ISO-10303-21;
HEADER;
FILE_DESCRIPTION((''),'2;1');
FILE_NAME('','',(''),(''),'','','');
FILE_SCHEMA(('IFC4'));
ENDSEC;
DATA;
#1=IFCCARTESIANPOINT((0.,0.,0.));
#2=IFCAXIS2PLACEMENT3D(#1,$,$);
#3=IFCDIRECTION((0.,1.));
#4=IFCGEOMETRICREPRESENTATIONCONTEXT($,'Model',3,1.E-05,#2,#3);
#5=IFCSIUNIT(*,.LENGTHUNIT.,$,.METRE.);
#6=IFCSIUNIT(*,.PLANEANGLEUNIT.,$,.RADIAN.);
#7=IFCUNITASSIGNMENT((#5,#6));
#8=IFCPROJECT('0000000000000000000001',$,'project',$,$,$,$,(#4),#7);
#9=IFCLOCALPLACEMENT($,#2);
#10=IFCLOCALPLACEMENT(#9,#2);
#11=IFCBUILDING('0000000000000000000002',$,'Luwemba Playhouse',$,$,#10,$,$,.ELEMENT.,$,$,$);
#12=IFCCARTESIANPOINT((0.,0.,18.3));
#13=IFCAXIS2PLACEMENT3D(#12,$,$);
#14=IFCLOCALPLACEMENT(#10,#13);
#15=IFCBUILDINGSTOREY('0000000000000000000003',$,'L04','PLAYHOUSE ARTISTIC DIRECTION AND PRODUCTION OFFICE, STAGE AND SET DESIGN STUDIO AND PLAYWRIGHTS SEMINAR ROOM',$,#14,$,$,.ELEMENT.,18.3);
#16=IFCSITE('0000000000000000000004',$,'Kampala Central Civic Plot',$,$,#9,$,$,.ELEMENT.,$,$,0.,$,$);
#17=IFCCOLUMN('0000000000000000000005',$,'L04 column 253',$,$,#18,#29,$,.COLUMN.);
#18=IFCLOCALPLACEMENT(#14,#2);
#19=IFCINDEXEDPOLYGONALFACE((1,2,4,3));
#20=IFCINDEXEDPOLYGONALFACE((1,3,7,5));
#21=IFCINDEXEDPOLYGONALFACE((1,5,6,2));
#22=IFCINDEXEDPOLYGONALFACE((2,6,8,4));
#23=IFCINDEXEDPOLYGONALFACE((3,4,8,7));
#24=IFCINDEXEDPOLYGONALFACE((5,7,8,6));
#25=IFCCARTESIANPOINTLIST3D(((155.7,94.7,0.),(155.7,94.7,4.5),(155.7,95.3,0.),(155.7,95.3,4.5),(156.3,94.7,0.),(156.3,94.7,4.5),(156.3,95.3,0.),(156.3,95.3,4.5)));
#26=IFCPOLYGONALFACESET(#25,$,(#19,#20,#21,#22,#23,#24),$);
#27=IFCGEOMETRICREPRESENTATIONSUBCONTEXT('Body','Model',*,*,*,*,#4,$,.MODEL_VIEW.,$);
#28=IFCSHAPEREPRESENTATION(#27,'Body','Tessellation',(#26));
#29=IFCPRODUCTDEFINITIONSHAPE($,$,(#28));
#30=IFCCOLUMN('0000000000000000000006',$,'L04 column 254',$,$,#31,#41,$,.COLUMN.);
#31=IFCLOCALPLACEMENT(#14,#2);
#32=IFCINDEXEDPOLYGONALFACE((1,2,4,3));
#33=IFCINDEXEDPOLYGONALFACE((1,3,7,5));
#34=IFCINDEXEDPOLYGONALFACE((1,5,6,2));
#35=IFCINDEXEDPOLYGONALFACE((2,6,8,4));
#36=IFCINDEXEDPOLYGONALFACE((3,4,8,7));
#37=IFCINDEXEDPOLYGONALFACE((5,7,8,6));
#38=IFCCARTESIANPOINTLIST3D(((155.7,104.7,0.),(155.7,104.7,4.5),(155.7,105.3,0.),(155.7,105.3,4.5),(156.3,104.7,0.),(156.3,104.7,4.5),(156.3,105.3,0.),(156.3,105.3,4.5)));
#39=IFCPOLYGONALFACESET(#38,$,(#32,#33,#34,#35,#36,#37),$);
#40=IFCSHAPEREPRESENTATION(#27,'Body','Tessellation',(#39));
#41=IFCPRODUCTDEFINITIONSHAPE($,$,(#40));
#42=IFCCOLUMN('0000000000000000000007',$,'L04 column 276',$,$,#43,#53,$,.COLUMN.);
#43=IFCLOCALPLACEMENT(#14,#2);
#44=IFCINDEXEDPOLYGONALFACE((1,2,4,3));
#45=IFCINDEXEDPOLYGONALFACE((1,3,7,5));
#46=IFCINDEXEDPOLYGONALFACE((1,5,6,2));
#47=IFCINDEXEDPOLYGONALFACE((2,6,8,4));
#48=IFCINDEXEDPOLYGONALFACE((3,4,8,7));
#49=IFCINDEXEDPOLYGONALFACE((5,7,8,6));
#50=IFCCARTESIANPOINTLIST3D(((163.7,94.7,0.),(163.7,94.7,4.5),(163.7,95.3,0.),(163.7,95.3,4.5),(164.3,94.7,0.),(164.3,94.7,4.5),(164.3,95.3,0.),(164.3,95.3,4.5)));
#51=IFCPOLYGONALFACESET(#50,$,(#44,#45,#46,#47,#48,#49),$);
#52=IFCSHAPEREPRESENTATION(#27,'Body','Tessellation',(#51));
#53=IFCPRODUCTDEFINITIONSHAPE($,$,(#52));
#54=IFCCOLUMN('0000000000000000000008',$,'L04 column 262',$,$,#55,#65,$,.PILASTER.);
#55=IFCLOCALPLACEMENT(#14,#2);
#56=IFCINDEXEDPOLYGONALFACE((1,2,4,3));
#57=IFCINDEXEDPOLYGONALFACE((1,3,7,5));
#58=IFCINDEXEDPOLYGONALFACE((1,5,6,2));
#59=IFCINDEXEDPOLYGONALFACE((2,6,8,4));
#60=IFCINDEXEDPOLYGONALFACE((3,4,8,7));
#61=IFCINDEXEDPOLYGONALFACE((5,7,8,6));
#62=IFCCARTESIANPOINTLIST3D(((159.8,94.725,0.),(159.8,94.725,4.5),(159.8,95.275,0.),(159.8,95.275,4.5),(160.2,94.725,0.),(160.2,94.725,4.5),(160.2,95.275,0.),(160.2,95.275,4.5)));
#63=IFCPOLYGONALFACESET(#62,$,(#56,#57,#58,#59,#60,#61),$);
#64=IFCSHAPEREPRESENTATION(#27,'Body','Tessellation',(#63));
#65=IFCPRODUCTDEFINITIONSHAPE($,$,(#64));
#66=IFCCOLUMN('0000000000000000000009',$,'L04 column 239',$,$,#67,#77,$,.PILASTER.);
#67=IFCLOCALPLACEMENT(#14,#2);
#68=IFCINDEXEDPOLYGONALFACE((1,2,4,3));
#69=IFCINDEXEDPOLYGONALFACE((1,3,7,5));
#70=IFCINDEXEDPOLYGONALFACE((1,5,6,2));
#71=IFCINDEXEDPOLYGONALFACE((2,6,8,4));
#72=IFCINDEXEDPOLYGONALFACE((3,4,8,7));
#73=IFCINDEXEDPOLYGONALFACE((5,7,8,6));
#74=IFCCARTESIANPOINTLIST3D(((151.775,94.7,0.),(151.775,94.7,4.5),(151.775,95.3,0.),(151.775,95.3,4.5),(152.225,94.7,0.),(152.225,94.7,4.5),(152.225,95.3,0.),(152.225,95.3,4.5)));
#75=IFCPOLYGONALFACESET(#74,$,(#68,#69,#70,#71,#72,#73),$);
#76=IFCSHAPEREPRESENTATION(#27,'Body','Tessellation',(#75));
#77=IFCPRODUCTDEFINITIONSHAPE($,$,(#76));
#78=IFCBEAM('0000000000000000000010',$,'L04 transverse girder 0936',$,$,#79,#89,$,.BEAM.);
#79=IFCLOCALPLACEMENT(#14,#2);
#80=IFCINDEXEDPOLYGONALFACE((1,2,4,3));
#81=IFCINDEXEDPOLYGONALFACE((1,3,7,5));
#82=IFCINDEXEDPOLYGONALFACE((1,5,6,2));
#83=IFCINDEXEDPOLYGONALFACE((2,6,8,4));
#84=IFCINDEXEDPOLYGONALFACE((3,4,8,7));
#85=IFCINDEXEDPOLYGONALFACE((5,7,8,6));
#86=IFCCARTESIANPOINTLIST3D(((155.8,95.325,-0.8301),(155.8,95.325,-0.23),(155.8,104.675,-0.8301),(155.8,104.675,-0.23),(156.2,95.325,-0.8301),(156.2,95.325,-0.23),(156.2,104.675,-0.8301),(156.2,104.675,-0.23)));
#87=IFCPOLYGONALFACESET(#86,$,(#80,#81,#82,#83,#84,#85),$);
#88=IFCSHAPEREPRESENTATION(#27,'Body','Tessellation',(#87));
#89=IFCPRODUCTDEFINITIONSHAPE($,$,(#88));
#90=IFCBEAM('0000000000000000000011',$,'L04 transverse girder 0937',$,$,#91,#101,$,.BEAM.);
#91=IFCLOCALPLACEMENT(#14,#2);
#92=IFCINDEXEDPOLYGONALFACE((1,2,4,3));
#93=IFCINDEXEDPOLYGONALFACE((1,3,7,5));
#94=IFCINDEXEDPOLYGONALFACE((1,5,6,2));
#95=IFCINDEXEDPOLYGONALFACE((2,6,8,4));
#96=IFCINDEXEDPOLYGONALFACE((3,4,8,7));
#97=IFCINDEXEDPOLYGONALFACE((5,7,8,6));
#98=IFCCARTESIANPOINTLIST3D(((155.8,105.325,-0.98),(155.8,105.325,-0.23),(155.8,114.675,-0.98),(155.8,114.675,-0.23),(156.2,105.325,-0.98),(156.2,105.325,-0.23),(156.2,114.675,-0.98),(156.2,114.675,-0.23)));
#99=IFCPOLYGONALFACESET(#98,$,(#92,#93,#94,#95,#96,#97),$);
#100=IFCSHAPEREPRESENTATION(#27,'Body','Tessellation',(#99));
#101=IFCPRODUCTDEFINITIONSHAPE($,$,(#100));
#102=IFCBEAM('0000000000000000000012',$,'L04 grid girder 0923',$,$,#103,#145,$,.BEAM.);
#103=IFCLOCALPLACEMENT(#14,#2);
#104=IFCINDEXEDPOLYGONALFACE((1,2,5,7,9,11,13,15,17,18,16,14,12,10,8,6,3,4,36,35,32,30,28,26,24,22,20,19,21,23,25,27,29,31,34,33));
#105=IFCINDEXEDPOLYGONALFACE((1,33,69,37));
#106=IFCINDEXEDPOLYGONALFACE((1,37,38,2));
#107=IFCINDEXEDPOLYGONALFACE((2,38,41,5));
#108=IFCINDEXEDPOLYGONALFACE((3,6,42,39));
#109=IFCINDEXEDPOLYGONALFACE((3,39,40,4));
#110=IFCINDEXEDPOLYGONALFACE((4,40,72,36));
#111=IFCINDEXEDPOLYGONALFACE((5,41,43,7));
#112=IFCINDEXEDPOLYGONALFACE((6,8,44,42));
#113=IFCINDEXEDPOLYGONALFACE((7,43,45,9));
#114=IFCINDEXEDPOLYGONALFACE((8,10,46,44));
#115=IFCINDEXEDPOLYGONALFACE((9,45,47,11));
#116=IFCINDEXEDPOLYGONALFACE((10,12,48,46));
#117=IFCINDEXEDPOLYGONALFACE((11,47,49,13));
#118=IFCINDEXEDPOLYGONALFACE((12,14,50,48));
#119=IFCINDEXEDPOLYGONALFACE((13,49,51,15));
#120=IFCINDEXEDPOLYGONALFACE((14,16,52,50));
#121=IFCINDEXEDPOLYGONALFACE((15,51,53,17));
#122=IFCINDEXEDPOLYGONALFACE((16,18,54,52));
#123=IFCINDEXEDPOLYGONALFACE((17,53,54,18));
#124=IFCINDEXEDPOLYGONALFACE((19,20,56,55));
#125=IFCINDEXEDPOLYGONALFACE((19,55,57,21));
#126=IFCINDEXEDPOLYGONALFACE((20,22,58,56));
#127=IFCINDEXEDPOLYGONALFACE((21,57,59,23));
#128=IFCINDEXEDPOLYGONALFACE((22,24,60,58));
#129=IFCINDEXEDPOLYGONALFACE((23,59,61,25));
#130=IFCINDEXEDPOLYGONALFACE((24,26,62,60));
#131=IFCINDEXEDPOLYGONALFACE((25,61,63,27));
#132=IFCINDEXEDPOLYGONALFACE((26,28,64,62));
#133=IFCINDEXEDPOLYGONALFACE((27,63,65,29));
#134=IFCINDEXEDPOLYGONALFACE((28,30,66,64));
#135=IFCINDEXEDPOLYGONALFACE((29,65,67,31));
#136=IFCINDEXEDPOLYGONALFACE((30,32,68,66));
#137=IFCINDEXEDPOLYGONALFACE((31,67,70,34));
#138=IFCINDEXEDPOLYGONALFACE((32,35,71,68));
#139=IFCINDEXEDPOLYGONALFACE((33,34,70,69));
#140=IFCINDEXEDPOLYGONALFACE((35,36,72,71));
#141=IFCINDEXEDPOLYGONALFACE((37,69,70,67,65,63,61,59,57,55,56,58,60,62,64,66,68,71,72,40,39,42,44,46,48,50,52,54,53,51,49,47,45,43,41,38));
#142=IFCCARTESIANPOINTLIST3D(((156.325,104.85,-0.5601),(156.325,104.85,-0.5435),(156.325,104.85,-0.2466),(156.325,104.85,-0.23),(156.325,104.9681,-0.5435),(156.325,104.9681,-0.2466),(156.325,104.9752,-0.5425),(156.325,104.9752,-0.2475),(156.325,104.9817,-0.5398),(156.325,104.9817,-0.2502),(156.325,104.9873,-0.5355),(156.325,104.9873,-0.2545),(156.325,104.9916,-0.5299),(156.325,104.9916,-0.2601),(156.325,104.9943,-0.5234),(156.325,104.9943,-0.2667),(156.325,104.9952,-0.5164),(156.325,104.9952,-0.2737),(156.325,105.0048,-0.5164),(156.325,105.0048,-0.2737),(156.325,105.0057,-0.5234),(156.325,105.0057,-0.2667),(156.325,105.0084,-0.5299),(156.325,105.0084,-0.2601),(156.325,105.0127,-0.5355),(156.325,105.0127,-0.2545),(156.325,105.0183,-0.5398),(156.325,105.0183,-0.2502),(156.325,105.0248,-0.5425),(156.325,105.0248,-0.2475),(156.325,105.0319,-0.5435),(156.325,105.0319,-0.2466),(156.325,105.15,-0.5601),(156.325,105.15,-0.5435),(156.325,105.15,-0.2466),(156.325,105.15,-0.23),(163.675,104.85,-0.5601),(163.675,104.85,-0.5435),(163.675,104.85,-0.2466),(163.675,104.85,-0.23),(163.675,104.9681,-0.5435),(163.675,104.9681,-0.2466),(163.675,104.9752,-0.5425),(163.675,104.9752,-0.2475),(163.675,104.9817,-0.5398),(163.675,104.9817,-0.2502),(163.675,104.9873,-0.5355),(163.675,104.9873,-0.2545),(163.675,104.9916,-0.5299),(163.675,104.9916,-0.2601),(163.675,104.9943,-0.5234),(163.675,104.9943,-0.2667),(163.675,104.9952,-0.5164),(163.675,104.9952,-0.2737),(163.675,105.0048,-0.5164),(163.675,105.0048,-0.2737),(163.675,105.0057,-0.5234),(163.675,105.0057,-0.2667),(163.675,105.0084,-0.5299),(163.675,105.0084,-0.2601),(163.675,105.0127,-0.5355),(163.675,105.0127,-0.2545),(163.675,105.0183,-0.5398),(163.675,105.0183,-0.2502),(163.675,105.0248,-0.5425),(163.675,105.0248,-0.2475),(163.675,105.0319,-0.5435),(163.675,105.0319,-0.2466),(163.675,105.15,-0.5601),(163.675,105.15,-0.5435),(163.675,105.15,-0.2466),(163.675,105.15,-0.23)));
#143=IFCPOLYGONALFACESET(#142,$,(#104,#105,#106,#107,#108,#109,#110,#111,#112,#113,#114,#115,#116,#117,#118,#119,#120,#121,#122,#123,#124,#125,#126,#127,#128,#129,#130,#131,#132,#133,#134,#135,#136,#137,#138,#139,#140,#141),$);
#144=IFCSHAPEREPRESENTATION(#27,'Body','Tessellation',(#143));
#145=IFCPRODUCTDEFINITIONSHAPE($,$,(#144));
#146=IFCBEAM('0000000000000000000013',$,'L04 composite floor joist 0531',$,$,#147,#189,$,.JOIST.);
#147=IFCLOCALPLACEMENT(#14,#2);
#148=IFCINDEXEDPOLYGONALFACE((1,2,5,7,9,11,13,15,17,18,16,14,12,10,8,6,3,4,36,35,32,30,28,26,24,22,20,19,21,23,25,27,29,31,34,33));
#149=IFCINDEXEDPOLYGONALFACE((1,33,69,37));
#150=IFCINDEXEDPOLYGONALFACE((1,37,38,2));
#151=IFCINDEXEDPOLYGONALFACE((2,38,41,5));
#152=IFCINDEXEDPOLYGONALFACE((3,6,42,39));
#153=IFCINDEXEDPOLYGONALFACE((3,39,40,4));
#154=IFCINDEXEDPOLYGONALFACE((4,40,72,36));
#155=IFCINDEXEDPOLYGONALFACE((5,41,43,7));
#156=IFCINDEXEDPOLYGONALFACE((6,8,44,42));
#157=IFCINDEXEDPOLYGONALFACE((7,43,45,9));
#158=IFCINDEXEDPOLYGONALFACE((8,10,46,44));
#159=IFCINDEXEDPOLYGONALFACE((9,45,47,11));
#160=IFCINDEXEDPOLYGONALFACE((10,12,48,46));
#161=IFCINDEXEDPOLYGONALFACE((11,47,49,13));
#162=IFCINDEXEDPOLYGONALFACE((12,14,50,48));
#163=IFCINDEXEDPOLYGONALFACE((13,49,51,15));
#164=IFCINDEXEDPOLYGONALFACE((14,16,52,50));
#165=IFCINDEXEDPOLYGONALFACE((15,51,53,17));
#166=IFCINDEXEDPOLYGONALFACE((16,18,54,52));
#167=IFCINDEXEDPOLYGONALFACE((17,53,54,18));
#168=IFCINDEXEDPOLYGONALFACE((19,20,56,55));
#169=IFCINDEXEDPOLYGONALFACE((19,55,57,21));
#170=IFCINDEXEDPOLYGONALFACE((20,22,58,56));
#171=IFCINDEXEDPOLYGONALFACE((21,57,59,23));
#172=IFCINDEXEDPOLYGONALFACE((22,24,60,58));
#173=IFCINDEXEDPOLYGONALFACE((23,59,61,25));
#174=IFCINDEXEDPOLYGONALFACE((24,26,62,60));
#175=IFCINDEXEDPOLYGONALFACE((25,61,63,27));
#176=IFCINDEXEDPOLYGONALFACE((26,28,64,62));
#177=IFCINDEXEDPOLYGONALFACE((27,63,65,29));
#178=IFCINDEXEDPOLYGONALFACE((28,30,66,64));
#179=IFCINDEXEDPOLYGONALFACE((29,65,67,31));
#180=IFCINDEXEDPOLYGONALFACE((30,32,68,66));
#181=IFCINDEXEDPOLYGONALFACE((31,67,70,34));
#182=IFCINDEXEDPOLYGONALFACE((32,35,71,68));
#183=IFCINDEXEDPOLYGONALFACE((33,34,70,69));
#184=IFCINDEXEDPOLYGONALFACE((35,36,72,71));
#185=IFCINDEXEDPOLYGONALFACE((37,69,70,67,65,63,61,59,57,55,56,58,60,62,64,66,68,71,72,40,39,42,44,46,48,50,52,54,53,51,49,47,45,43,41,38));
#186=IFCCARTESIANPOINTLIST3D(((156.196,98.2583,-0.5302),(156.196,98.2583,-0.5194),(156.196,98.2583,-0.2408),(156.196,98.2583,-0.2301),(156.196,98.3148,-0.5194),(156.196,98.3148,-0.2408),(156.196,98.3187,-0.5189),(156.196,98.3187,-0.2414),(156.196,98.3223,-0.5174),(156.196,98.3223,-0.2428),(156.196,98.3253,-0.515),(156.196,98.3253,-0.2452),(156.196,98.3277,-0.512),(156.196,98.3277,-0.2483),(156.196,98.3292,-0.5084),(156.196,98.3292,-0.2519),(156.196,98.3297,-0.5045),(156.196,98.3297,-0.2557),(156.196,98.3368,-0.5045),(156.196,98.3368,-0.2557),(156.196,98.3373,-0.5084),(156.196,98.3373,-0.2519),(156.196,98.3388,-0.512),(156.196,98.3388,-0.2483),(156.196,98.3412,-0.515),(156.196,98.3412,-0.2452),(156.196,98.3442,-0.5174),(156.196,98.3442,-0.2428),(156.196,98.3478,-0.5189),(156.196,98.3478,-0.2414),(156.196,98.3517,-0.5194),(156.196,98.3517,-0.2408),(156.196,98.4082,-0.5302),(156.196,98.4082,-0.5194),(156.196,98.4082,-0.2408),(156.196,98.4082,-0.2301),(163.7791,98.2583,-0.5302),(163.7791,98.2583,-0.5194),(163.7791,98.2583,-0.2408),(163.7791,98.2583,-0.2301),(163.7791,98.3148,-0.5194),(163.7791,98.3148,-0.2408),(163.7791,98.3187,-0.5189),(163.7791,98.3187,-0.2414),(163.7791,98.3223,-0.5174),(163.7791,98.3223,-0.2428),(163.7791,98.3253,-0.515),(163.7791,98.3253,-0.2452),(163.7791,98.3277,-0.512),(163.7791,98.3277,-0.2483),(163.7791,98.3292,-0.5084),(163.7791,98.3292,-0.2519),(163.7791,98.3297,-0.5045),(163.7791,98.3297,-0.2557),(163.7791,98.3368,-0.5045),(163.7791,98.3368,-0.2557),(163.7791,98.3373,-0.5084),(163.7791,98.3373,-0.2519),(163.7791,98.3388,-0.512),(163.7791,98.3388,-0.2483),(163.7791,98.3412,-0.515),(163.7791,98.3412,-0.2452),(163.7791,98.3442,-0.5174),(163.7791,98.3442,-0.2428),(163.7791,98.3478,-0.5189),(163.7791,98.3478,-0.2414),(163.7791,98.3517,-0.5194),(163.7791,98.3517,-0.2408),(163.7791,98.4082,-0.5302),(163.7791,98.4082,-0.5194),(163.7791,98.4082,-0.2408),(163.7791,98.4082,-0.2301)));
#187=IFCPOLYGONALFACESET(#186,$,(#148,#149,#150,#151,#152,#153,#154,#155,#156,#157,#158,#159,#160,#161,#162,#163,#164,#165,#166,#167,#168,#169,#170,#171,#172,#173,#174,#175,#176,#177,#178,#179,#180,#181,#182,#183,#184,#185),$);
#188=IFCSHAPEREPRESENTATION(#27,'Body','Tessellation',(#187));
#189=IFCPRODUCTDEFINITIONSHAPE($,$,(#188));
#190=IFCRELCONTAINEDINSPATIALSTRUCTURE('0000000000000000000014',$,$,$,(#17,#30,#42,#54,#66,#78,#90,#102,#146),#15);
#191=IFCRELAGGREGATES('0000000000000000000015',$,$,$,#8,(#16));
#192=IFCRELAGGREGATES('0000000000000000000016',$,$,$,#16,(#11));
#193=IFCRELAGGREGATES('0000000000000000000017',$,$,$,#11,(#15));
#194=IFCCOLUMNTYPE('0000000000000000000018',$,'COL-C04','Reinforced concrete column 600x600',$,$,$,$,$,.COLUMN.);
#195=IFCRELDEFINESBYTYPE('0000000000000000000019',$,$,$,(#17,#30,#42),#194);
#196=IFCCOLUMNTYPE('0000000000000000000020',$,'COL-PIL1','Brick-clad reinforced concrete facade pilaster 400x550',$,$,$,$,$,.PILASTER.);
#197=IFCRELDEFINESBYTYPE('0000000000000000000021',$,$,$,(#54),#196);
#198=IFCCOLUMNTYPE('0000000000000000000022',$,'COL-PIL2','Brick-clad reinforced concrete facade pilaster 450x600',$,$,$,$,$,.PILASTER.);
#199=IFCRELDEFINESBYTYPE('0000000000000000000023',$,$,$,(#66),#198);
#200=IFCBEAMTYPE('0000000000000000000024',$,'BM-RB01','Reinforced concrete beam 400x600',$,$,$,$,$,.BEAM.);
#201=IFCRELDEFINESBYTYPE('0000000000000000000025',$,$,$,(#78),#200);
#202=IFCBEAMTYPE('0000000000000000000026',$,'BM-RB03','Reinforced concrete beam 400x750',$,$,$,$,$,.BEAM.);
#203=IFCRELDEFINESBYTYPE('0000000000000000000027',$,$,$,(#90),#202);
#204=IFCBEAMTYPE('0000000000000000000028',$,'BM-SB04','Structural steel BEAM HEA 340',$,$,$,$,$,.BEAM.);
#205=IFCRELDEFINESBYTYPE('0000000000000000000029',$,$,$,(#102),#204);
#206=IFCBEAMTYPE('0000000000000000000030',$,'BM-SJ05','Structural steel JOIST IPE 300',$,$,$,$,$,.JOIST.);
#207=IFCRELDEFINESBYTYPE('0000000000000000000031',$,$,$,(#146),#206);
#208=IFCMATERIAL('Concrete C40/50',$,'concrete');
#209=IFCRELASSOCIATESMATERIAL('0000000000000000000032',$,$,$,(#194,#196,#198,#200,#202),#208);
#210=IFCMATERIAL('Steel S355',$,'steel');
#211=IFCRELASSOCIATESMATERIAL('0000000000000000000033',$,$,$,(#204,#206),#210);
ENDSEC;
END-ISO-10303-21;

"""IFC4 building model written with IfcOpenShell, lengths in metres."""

from ifc_helpers import new_model, si_unit, direction, frame, origin, origin_2d, place, context, subcontext, project, spatial, rectangle, i_section, extrude, material, material_profile, profile_set, type_object, element, save


model = new_model("IFC4")

# Units and contexts
model_context = context("Model", 3, precision=1e-05, world=origin(), true_north=direction((0.0, 1.0)))
body_context = subcontext(model_context, "Body", "Model", "MODEL_VIEW")
ifc_project = project(units=[si_unit("LENGTHUNIT", "METRE"), si_unit("PLANEANGLEUNIT", "RADIAN")], contexts=[model_context])

# Site, building, storey
site_placement = place(None, origin())
site = spatial("IfcSite", under=ifc_project, at=site_placement, Name="Kampala Central Civic Plot", CompositionType="ELEMENT", RefElevation=0.0)
building_placement = place(site_placement, origin())
building = spatial("IfcBuilding", under=site, at=building_placement, Name="Luwemba Playhouse", CompositionType="ELEMENT")
storey_placement = place(building_placement, frame((0.0, 0.0, 18.3)))
storey = spatial("IfcBuildingStorey", under=building, at=storey_placement, Name="L04", Description="PLAYHOUSE ARTISTIC DIRECTION AND PRODUCTION OFFICE, STAGE AND SET DESIGN STUDIO AND PLAYWRIGHTS SEMINAR ROOM", CompositionType="ELEMENT", Elevation=18.3)

# Columns
ifc_material_1 = material(Name="Concrete C40/50", Category="concrete")
ifc_material_profile_1 = material_profile(ifc_material_1, rectangle(XDim=0.6001, YDim=0.6001, at=origin_2d()))
ifc_profile_set_1 = profile_set([ifc_material_profile_1], Name="Concrete C40/50")
column_type_1 = type_object("IfcColumnType", Name="COL-C04", Description="Reinforced concrete column 600x600", PredefinedType="COLUMN", material=ifc_profile_set_1)
for number, where, z_axis, x_axis, name in (
    (1, (156.0, 95.0, 0.0), (0.0, 0.0, 1.0), (1.0, 0.0, 0.0), "L04 column 253"),
    (2, (156.0, 105.0, 0.0), (0.0, 0.0, 1.0), (1.0, 0.0, 0.0), "L04 column 254"),
    (3, (164.0, 95.0, 0.0), (0.0, 0.0, 1.0), (1.0, 0.0, 0.0), "L04 column 276"),
):
    element("IfcColumn", number, at=place(storey_placement, frame(where, z_axis=z_axis, x_axis=x_axis)), inside=storey, type_object=column_type_1, Name=name, PredefinedType="COLUMN", context=body_context, shape_type="SweptSolid", body=[
        extrude(rectangle(XDim=0.6001, YDim=0.6001, at=origin_2d()), origin(), (0.0, 0.0, 1.0), 4.5),
    ])
ifc_material_profile_2 = material_profile(ifc_material_1, rectangle(XDim=0.3999, YDim=0.55, at=origin_2d()))
ifc_profile_set_2 = profile_set([ifc_material_profile_2], Name="Concrete C40/50")
column_type_2 = type_object("IfcColumnType", Name="COL-PIL1", Description="Brick-clad reinforced concrete facade pilaster 400x550", PredefinedType="PILASTER", material=ifc_profile_set_2)
column_1_placement = place(storey_placement, frame((160.0, 95.0, 0.0), z_axis=(0.0, 0.0, 1.0), x_axis=(1.0, 0.0, 0.0)))
element("IfcColumn", 4, at=column_1_placement, inside=storey, type_object=column_type_2, Name="L04 column 262", PredefinedType="PILASTER", context=body_context, shape_type="SweptSolid", body=[
    extrude(rectangle(XDim=0.3999, YDim=0.55, at=origin_2d()), origin(), (0.0, 0.0, 1.0), 4.5),
])
ifc_material_profile_3 = material_profile(ifc_material_1, rectangle(XDim=0.45, YDim=0.6001, at=origin_2d()))
ifc_profile_set_3 = profile_set([ifc_material_profile_3], Name="Concrete C40/50")
column_type_3 = type_object("IfcColumnType", Name="COL-PIL2", Description="Brick-clad reinforced concrete facade pilaster 450x600", PredefinedType="PILASTER", material=ifc_profile_set_3)
column_2_placement = place(storey_placement, frame((152.0, 95.0, 0.0), z_axis=(0.0, 0.0, 1.0), x_axis=(1.0, 0.0, 0.0)))
element("IfcColumn", 5, at=column_2_placement, inside=storey, type_object=column_type_3, Name="L04 column 239", PredefinedType="PILASTER", context=body_context, shape_type="SweptSolid", body=[
    extrude(rectangle(XDim=0.45, YDim=0.6001, at=origin_2d()), origin(), (0.0, 0.0, 1.0), 4.5),
])

# Beams
ifc_material_profile_4 = material_profile(ifc_material_1, rectangle(XDim=0.3999, YDim=0.6001, at=origin_2d()))
ifc_profile_set_4 = profile_set([ifc_material_profile_4], Name="Concrete C40/50")
beam_type_1 = type_object("IfcBeamType", Name="BM-RB01", Description="Reinforced concrete beam 400x600", PredefinedType="BEAM", material=ifc_profile_set_4)
beam_1_placement = place(storey_placement, frame((156.0, 95.325, -0.53), z_axis=(0.0, 1.0, 0.0), x_axis=(-1.0, 0.0, 0.0)))
element("IfcBeam", 6, at=beam_1_placement, inside=storey, type_object=beam_type_1, Name="L04 transverse girder 0936", PredefinedType="BEAM", context=body_context, shape_type="SweptSolid", body=[
    extrude(rectangle(XDim=0.3999, YDim=0.6001, at=origin_2d()), origin(), (0.0, 0.0, 1.0), 9.3501),
])
ifc_material_profile_5 = material_profile(ifc_material_1, rectangle(XDim=0.3999, YDim=0.75, at=origin_2d()))
ifc_profile_set_5 = profile_set([ifc_material_profile_5], Name="Concrete C40/50")
beam_type_2 = type_object("IfcBeamType", Name="BM-RB03", Description="Reinforced concrete beam 400x750", PredefinedType="BEAM", material=ifc_profile_set_5)
beam_2_placement = place(storey_placement, frame((156.0, 105.325, -0.605), z_axis=(0.0, 1.0, 0.0), x_axis=(-1.0, 0.0, 0.0)))
element("IfcBeam", 7, at=beam_2_placement, inside=storey, type_object=beam_type_2, Name="L04 transverse girder 0937", PredefinedType="BEAM", context=body_context, shape_type="SweptSolid", body=[
    extrude(rectangle(XDim=0.3999, YDim=0.75, at=origin_2d()), origin(), (0.0, 0.0, 1.0), 9.3501),
])
ifc_material_2 = material(Name="Steel S355", Category="steel")
ifc_material_profile_6 = material_profile(ifc_material_2, i_section(OverallWidth=0.3, OverallDepth=0.3301, WebThickness=0.0095, FlangeThickness=0.0166, FilletRadius=0.0271, at=origin_2d()))
ifc_profile_set_6 = profile_set([ifc_material_profile_6], Name="Steel S355")
beam_type_3 = type_object("IfcBeamType", Name="BM-SB04", Description="Structural steel BEAM HEA 340", PredefinedType="BEAM", material=ifc_profile_set_6)
beam_3_placement = place(storey_placement, frame((156.325, 105.0, -0.395), z_axis=(1.0, 0.0, 0.0), x_axis=(0.0, 1.0, 0.0)))
element("IfcBeam", 8, at=beam_3_placement, inside=storey, type_object=beam_type_3, Name="L04 grid girder 0923", PredefinedType="BEAM", context=body_context, shape_type="SweptSolid", body=[
    extrude(i_section(OverallWidth=0.3, OverallDepth=0.3301, WebThickness=0.0095, FlangeThickness=0.0166, FilletRadius=0.0271, at=origin_2d()), origin(), (0.0, 0.0, 1.0), 7.3501),
])
ifc_material_profile_7 = material_profile(ifc_material_2, i_section(OverallWidth=0.1499, OverallDepth=0.3, WebThickness=0.0071, FlangeThickness=0.0107, FilletRadius=0.0149, at=origin_2d()))
ifc_profile_set_7 = profile_set([ifc_material_profile_7], Name="Steel S355")
beam_type_4 = type_object("IfcBeamType", Name="BM-SJ05", Description="Structural steel JOIST IPE 300", PredefinedType="JOIST", material=ifc_profile_set_7)
beam_4_placement = place(storey_placement, frame((156.196, 98.3333, -0.3801), z_axis=(1.0, 0.0, 0.0), x_axis=(0.0, 1.0, 0.0)))
element("IfcBeam", 9, at=beam_4_placement, inside=storey, type_object=beam_type_4, Name="L04 composite floor joist 0531", PredefinedType="JOIST", context=body_context, shape_type="SweptSolid", body=[
    extrude(i_section(OverallWidth=0.1499, OverallDepth=0.3, WebThickness=0.0071, FlangeThickness=0.0107, FilletRadius=0.0149, at=origin_2d()), origin(), (0.0, 0.0, 1.0), 7.583),
])

save(model, "model.ifc")
